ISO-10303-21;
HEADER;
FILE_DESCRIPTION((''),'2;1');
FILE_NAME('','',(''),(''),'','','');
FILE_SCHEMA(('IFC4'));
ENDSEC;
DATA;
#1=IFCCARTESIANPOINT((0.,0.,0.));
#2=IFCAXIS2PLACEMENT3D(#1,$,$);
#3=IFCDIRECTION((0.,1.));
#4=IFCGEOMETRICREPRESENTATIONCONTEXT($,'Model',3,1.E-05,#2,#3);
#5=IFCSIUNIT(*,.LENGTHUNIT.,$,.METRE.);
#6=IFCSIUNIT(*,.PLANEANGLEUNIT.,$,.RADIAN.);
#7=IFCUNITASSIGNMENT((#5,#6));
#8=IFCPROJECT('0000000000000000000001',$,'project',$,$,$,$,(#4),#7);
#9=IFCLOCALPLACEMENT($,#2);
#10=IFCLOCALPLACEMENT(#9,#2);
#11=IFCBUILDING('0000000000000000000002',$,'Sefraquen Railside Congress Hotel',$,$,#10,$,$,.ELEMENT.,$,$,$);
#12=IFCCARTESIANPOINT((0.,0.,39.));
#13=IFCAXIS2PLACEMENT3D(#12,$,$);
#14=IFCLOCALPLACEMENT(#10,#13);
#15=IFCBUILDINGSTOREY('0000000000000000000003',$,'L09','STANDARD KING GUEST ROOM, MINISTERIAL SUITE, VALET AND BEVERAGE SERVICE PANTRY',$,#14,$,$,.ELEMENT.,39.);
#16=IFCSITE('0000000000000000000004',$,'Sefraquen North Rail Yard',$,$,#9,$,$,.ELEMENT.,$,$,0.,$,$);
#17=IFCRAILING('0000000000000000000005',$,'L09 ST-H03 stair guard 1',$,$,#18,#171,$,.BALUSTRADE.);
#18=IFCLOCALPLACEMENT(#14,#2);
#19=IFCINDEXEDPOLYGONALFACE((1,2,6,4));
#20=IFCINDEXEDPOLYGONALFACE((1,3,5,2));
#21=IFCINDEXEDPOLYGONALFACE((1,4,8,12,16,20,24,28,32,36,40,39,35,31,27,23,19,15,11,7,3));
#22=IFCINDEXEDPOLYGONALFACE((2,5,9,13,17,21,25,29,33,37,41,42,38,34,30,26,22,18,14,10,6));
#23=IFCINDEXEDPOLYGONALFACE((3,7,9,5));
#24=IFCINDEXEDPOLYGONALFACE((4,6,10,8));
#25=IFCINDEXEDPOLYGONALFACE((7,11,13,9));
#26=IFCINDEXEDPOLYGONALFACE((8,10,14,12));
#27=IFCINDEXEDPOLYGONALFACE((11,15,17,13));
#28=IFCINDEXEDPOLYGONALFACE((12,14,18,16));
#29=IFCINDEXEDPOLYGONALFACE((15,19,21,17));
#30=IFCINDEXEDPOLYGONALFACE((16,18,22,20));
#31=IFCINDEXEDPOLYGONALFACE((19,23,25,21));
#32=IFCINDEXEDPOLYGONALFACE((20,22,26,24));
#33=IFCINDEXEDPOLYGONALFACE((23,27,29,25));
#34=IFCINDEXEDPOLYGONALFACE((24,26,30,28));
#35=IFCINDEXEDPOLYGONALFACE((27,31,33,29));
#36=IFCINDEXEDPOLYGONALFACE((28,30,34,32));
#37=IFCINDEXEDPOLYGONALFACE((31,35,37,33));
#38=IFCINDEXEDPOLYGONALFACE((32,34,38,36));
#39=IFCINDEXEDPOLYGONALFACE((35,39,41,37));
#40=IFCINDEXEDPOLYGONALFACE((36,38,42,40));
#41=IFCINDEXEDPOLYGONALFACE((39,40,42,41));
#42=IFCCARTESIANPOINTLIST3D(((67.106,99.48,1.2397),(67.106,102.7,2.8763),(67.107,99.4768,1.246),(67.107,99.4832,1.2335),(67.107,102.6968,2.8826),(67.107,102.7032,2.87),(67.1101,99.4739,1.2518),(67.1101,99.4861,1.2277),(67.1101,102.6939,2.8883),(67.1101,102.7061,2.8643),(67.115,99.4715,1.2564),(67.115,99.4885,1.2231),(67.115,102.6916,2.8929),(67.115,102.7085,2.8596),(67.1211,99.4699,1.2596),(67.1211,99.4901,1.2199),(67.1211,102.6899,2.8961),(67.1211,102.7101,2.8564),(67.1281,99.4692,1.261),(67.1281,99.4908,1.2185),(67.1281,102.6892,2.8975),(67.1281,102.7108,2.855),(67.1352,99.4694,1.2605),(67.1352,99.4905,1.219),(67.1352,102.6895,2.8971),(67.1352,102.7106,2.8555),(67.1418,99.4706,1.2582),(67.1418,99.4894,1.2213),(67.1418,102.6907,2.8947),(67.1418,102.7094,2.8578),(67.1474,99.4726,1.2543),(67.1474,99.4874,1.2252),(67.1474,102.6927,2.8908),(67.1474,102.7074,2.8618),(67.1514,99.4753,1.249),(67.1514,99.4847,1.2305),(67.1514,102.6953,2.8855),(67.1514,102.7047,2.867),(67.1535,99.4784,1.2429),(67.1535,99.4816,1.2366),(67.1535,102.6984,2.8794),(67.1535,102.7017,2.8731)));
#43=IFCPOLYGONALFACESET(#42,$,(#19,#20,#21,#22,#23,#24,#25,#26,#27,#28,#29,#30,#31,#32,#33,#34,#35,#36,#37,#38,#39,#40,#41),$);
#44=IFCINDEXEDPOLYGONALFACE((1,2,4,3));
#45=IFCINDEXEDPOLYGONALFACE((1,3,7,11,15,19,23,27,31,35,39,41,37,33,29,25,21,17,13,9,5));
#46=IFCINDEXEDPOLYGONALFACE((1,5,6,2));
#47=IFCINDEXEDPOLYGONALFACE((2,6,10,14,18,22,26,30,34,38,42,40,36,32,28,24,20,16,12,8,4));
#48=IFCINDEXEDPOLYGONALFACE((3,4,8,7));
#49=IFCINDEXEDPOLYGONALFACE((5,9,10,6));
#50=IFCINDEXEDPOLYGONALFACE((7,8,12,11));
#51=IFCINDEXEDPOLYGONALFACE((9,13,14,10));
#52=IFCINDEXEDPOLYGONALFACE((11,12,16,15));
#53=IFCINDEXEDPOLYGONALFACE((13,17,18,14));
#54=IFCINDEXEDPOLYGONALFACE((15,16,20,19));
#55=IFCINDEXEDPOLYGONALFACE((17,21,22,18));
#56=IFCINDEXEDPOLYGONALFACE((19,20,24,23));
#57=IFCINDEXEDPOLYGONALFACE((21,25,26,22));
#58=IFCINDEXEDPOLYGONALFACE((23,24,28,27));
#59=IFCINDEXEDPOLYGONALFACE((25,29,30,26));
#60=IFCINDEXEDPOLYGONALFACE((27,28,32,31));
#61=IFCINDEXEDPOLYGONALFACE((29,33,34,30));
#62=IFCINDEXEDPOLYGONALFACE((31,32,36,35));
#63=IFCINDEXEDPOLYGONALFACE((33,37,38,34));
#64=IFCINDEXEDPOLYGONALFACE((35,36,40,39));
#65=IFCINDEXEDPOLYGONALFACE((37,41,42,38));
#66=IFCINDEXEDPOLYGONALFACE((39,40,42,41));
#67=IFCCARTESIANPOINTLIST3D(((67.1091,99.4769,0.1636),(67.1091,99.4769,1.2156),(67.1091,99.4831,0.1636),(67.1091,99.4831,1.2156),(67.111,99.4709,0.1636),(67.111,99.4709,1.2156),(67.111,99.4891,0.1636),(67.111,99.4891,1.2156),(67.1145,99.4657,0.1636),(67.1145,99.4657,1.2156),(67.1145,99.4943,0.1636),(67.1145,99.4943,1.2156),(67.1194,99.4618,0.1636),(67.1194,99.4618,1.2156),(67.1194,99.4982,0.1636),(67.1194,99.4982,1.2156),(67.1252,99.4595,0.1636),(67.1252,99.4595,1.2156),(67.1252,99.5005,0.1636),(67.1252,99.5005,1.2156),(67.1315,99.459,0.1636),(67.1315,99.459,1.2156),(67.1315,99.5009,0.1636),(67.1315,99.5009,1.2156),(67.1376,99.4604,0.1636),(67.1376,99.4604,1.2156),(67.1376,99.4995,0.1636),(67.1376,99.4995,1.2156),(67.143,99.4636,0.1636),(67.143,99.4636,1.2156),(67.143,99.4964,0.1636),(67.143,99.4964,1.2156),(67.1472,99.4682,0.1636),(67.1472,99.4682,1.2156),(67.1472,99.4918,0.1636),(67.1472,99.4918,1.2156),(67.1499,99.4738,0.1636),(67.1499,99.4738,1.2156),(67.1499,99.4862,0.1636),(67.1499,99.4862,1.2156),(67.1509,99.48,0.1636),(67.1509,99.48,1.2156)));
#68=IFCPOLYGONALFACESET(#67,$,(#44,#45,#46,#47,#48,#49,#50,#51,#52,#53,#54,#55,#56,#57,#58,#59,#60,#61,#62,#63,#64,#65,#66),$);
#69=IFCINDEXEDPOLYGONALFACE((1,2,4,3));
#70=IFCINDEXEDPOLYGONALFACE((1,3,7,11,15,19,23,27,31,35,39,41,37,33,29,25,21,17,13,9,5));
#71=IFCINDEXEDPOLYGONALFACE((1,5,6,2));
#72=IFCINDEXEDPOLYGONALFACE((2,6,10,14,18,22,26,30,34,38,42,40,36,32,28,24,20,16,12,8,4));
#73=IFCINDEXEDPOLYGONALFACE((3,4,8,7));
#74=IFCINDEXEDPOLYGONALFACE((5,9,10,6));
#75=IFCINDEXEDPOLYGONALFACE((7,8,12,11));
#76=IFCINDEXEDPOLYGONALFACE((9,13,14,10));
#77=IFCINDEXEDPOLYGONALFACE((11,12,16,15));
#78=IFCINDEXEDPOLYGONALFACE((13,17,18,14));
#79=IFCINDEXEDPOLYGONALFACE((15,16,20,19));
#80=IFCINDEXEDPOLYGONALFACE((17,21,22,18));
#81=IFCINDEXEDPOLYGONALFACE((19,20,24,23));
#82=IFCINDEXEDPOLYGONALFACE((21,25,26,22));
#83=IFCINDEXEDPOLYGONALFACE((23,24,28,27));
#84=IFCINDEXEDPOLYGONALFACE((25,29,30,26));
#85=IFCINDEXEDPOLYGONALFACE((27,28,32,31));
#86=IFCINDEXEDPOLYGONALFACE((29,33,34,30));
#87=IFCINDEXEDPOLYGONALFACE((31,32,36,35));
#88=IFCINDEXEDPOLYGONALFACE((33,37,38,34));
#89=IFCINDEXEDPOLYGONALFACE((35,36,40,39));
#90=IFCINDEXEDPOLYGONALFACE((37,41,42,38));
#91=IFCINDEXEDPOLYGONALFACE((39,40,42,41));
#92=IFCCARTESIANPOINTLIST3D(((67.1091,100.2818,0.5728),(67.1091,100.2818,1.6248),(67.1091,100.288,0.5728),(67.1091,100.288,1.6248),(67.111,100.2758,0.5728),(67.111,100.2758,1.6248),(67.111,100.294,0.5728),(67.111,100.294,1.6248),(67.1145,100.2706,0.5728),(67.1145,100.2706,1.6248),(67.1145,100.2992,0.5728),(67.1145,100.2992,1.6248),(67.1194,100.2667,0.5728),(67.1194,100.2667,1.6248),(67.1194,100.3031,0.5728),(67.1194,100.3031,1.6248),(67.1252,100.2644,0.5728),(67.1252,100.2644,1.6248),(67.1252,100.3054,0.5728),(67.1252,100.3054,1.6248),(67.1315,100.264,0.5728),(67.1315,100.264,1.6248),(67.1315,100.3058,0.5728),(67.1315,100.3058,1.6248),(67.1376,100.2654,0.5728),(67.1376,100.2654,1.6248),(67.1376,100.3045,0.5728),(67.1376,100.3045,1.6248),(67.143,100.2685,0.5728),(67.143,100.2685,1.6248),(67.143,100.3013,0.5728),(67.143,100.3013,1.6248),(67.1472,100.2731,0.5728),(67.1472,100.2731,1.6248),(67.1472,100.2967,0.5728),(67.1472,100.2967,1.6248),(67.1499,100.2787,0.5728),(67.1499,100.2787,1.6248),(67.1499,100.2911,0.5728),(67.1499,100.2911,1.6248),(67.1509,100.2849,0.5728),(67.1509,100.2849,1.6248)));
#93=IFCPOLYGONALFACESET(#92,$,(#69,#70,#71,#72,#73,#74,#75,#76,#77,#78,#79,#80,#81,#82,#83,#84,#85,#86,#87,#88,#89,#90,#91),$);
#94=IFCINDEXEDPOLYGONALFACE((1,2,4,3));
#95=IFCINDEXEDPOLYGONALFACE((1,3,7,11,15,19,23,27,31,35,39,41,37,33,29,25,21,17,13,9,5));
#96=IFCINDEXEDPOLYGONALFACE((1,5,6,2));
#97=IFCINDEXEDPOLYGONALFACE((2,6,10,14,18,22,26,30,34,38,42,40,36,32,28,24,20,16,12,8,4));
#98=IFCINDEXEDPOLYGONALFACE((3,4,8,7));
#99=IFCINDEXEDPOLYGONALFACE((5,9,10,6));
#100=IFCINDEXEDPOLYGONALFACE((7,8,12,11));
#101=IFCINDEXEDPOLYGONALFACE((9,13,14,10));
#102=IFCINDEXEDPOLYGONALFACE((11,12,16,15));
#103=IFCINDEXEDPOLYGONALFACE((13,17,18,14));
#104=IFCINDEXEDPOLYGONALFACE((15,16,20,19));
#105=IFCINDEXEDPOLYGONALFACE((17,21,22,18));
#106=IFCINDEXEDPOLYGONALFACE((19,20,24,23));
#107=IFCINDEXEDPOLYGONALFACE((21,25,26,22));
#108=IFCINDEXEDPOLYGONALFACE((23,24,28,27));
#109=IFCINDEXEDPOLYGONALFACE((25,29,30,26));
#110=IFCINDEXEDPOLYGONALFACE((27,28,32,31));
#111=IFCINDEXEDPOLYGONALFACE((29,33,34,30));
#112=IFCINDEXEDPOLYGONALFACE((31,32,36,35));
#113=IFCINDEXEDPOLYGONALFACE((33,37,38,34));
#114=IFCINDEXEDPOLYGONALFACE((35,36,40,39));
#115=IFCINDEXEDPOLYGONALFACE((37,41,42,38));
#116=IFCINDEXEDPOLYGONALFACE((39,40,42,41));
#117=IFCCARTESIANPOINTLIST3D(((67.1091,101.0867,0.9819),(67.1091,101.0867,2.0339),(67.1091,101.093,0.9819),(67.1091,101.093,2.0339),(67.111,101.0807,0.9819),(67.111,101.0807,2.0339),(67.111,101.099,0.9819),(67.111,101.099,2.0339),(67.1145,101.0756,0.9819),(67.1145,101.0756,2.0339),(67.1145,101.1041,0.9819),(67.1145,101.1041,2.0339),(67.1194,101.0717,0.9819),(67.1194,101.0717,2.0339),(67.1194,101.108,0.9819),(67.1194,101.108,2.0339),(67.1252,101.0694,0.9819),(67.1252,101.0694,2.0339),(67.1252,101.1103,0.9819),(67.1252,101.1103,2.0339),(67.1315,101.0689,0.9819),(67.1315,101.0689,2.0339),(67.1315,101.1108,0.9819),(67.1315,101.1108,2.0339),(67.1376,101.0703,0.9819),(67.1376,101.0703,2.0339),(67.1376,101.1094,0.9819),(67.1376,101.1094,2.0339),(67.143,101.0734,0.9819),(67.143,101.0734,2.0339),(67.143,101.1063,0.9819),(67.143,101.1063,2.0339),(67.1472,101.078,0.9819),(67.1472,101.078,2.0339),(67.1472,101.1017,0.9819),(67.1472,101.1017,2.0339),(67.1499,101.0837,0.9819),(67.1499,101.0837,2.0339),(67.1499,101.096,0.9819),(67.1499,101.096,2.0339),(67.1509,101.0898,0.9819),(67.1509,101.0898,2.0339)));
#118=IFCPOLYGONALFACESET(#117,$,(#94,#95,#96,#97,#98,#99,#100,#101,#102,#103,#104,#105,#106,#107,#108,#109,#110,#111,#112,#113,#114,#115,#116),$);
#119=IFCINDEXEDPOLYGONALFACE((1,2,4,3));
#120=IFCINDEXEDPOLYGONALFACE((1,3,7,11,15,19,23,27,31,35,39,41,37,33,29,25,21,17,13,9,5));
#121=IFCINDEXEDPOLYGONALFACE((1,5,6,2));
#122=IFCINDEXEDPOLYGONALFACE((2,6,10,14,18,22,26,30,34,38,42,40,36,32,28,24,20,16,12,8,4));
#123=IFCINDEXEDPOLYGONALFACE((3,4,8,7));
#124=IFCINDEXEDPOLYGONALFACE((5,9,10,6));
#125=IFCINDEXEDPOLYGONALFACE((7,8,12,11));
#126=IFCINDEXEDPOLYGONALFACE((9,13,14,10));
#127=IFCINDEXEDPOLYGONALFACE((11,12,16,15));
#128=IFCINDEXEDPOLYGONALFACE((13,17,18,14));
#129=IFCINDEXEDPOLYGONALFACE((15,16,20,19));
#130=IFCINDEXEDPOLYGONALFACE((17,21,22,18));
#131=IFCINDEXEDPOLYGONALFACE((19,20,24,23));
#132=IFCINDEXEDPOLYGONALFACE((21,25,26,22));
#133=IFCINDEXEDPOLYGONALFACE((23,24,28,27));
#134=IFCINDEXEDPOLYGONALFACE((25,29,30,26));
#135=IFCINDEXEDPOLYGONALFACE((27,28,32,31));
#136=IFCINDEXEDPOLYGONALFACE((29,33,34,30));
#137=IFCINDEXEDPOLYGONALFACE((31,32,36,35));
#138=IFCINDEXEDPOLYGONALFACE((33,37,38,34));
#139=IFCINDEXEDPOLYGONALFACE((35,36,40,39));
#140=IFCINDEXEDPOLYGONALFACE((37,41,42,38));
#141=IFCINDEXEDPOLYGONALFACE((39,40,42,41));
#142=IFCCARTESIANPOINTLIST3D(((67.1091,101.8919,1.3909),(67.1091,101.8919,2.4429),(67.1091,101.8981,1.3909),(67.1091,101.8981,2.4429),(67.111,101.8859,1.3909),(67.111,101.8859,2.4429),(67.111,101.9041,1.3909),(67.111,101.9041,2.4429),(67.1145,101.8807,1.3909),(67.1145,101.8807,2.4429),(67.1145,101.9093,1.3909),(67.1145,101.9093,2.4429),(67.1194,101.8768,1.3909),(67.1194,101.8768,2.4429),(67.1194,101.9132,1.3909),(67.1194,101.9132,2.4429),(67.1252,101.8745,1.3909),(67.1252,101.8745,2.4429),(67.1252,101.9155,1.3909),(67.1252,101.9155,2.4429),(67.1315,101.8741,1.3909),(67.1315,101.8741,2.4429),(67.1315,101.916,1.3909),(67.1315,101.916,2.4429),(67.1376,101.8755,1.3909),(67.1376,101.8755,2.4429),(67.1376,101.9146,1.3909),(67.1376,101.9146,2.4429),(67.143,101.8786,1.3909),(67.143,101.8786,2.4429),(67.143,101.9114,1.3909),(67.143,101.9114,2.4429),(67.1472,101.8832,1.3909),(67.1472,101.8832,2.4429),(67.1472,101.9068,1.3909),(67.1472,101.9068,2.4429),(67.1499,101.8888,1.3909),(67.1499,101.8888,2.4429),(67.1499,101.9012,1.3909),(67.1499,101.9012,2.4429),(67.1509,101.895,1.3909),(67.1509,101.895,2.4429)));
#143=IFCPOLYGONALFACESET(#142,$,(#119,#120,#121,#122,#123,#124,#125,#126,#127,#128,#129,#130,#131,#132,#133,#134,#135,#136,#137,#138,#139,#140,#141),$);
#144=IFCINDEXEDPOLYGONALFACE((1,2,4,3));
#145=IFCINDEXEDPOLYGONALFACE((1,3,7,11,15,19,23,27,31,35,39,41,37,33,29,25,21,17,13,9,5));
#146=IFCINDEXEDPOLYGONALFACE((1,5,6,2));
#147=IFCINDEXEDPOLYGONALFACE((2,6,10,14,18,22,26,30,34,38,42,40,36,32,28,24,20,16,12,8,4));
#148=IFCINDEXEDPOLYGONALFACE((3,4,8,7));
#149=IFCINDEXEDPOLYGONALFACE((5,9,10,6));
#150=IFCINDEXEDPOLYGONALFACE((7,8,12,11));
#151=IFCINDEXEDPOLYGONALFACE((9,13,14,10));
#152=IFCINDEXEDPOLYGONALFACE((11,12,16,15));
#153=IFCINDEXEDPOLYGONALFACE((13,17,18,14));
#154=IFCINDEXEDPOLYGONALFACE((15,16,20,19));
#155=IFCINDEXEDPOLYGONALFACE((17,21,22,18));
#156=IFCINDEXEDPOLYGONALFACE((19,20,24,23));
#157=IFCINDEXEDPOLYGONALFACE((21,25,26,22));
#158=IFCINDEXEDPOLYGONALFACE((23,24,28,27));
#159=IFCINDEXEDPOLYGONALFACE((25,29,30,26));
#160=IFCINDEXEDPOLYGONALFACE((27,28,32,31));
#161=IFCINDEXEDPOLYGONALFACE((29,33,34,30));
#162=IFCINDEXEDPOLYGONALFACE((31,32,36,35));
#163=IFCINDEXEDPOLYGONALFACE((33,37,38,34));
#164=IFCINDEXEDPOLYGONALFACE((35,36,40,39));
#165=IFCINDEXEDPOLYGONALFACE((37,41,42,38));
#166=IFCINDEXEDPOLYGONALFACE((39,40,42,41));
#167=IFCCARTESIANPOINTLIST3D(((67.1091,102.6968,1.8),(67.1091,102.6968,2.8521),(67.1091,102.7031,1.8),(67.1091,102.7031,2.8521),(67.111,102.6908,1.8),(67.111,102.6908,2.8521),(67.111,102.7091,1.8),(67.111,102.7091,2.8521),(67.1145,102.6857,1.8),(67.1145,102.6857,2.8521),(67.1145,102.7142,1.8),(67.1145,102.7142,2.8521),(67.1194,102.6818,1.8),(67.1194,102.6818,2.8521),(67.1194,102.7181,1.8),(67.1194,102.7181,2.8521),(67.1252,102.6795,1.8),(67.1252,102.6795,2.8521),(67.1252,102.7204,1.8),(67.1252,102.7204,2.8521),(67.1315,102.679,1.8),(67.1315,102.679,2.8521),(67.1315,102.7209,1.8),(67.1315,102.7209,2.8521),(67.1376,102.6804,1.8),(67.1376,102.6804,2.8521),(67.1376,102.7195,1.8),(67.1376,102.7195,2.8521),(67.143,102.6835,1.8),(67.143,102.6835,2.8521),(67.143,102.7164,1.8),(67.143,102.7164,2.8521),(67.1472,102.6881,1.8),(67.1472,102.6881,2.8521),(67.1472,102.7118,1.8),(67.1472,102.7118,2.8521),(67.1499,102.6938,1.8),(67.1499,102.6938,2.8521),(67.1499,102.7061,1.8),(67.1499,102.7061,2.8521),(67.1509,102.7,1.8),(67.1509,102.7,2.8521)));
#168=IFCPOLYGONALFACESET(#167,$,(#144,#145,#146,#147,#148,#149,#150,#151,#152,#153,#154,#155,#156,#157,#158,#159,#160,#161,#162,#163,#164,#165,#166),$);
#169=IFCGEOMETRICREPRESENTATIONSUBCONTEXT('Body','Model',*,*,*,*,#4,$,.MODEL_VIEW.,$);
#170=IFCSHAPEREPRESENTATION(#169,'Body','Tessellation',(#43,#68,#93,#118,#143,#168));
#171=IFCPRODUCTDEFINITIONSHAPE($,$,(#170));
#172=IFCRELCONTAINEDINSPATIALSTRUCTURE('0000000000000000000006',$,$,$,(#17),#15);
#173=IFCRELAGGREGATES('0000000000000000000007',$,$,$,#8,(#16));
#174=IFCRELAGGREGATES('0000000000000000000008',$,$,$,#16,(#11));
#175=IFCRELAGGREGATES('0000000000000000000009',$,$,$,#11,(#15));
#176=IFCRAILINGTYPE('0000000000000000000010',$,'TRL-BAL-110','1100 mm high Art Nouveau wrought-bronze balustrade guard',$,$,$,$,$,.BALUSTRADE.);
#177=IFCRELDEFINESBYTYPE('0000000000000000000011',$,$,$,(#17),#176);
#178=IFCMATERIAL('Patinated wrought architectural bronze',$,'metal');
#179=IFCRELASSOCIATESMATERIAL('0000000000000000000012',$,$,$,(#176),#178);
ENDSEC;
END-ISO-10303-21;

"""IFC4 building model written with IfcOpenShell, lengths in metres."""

from ifc_helpers import new_model, si_unit, direction, frame, origin, origin_2d, place, context, subcontext, project, spatial, circle, extrude, material, type_object, element, save


model = new_model("IFC4")

# Units and contexts
model_context = context("Model", 3, precision=1e-05, world=origin(), true_north=direction((0.0, 1.0)))
body_context = subcontext(model_context, "Body", "Model", "MODEL_VIEW")
ifc_project = project(units=[si_unit("LENGTHUNIT", "METRE"), si_unit("PLANEANGLEUNIT", "RADIAN")], contexts=[model_context])

# Site, building, storey
site_placement = place(None, origin())
site = spatial("IfcSite", under=ifc_project, at=site_placement, Name="Sefraquen North Rail Yard", CompositionType="ELEMENT", RefElevation=0.0)
building_placement = place(site_placement, origin())
building = spatial("IfcBuilding", under=site, at=building_placement, Name="Sefraquen Railside Congress Hotel", CompositionType="ELEMENT")
storey_placement = place(building_placement, frame((0.0, 0.0, 39.0)))
storey = spatial("IfcBuildingStorey", under=building, at=storey_placement, Name="L09", Description="STANDARD KING GUEST ROOM, MINISTERIAL SUITE, VALET AND BEVERAGE SERVICE PANTRY", CompositionType="ELEMENT", Elevation=39.0)

# Railing
ifc_material_1 = material(Name="Patinated wrought architectural bronze", Category="metal")
railing_type_1 = type_object("IfcRailingType", Name="TRL-BAL-110", Description="1100 mm high Art Nouveau wrought-bronze balustrade guard", PredefinedType="BALUSTRADE", material=ifc_material_1)
railing_1_placement = place(storey_placement, frame((67.1299, 99.48, 0.1636)))
element("IfcRailing", 1, at=railing_1_placement, inside=storey, type_object=railing_type_1, Name="L09 ST-H03 stair guard 1", PredefinedType="BALUSTRADE", context=body_context, shape_type="SweptSolid", body=[
    extrude(circle(Radius=0.0239, at=origin_2d()), frame((0.0, 0.0, 1.0762), z_axis=(0.0, 0.891474, 0.453071), x_axis=(-1.0, 0.0, 0.0)), (0.0, 0.0, 1.0), 3.6121),
    extrude(circle(Radius=0.021, at=origin_2d()), origin(), (0.0, 0.0, 1.0), 1.052),
    extrude(circle(Radius=0.021, at=origin_2d()), frame((0.0, 0.8049, 0.4092)), (0.0, 0.0, 1.0), 1.052),
    extrude(circle(Radius=0.021, at=origin_2d()), frame((0.0, 1.6099, 0.8184)), (0.0, 0.0, 1.0), 1.052),
    extrude(circle(Radius=0.021, at=origin_2d()), frame((0.0, 2.415, 1.2273)), (0.0, 0.0, 1.0), 1.052),
    extrude(circle(Radius=0.021, at=origin_2d()), frame((0.0, 3.22, 1.6365)), (0.0, 0.0, 1.0), 1.052),
])

save(model, "model.ifc")
